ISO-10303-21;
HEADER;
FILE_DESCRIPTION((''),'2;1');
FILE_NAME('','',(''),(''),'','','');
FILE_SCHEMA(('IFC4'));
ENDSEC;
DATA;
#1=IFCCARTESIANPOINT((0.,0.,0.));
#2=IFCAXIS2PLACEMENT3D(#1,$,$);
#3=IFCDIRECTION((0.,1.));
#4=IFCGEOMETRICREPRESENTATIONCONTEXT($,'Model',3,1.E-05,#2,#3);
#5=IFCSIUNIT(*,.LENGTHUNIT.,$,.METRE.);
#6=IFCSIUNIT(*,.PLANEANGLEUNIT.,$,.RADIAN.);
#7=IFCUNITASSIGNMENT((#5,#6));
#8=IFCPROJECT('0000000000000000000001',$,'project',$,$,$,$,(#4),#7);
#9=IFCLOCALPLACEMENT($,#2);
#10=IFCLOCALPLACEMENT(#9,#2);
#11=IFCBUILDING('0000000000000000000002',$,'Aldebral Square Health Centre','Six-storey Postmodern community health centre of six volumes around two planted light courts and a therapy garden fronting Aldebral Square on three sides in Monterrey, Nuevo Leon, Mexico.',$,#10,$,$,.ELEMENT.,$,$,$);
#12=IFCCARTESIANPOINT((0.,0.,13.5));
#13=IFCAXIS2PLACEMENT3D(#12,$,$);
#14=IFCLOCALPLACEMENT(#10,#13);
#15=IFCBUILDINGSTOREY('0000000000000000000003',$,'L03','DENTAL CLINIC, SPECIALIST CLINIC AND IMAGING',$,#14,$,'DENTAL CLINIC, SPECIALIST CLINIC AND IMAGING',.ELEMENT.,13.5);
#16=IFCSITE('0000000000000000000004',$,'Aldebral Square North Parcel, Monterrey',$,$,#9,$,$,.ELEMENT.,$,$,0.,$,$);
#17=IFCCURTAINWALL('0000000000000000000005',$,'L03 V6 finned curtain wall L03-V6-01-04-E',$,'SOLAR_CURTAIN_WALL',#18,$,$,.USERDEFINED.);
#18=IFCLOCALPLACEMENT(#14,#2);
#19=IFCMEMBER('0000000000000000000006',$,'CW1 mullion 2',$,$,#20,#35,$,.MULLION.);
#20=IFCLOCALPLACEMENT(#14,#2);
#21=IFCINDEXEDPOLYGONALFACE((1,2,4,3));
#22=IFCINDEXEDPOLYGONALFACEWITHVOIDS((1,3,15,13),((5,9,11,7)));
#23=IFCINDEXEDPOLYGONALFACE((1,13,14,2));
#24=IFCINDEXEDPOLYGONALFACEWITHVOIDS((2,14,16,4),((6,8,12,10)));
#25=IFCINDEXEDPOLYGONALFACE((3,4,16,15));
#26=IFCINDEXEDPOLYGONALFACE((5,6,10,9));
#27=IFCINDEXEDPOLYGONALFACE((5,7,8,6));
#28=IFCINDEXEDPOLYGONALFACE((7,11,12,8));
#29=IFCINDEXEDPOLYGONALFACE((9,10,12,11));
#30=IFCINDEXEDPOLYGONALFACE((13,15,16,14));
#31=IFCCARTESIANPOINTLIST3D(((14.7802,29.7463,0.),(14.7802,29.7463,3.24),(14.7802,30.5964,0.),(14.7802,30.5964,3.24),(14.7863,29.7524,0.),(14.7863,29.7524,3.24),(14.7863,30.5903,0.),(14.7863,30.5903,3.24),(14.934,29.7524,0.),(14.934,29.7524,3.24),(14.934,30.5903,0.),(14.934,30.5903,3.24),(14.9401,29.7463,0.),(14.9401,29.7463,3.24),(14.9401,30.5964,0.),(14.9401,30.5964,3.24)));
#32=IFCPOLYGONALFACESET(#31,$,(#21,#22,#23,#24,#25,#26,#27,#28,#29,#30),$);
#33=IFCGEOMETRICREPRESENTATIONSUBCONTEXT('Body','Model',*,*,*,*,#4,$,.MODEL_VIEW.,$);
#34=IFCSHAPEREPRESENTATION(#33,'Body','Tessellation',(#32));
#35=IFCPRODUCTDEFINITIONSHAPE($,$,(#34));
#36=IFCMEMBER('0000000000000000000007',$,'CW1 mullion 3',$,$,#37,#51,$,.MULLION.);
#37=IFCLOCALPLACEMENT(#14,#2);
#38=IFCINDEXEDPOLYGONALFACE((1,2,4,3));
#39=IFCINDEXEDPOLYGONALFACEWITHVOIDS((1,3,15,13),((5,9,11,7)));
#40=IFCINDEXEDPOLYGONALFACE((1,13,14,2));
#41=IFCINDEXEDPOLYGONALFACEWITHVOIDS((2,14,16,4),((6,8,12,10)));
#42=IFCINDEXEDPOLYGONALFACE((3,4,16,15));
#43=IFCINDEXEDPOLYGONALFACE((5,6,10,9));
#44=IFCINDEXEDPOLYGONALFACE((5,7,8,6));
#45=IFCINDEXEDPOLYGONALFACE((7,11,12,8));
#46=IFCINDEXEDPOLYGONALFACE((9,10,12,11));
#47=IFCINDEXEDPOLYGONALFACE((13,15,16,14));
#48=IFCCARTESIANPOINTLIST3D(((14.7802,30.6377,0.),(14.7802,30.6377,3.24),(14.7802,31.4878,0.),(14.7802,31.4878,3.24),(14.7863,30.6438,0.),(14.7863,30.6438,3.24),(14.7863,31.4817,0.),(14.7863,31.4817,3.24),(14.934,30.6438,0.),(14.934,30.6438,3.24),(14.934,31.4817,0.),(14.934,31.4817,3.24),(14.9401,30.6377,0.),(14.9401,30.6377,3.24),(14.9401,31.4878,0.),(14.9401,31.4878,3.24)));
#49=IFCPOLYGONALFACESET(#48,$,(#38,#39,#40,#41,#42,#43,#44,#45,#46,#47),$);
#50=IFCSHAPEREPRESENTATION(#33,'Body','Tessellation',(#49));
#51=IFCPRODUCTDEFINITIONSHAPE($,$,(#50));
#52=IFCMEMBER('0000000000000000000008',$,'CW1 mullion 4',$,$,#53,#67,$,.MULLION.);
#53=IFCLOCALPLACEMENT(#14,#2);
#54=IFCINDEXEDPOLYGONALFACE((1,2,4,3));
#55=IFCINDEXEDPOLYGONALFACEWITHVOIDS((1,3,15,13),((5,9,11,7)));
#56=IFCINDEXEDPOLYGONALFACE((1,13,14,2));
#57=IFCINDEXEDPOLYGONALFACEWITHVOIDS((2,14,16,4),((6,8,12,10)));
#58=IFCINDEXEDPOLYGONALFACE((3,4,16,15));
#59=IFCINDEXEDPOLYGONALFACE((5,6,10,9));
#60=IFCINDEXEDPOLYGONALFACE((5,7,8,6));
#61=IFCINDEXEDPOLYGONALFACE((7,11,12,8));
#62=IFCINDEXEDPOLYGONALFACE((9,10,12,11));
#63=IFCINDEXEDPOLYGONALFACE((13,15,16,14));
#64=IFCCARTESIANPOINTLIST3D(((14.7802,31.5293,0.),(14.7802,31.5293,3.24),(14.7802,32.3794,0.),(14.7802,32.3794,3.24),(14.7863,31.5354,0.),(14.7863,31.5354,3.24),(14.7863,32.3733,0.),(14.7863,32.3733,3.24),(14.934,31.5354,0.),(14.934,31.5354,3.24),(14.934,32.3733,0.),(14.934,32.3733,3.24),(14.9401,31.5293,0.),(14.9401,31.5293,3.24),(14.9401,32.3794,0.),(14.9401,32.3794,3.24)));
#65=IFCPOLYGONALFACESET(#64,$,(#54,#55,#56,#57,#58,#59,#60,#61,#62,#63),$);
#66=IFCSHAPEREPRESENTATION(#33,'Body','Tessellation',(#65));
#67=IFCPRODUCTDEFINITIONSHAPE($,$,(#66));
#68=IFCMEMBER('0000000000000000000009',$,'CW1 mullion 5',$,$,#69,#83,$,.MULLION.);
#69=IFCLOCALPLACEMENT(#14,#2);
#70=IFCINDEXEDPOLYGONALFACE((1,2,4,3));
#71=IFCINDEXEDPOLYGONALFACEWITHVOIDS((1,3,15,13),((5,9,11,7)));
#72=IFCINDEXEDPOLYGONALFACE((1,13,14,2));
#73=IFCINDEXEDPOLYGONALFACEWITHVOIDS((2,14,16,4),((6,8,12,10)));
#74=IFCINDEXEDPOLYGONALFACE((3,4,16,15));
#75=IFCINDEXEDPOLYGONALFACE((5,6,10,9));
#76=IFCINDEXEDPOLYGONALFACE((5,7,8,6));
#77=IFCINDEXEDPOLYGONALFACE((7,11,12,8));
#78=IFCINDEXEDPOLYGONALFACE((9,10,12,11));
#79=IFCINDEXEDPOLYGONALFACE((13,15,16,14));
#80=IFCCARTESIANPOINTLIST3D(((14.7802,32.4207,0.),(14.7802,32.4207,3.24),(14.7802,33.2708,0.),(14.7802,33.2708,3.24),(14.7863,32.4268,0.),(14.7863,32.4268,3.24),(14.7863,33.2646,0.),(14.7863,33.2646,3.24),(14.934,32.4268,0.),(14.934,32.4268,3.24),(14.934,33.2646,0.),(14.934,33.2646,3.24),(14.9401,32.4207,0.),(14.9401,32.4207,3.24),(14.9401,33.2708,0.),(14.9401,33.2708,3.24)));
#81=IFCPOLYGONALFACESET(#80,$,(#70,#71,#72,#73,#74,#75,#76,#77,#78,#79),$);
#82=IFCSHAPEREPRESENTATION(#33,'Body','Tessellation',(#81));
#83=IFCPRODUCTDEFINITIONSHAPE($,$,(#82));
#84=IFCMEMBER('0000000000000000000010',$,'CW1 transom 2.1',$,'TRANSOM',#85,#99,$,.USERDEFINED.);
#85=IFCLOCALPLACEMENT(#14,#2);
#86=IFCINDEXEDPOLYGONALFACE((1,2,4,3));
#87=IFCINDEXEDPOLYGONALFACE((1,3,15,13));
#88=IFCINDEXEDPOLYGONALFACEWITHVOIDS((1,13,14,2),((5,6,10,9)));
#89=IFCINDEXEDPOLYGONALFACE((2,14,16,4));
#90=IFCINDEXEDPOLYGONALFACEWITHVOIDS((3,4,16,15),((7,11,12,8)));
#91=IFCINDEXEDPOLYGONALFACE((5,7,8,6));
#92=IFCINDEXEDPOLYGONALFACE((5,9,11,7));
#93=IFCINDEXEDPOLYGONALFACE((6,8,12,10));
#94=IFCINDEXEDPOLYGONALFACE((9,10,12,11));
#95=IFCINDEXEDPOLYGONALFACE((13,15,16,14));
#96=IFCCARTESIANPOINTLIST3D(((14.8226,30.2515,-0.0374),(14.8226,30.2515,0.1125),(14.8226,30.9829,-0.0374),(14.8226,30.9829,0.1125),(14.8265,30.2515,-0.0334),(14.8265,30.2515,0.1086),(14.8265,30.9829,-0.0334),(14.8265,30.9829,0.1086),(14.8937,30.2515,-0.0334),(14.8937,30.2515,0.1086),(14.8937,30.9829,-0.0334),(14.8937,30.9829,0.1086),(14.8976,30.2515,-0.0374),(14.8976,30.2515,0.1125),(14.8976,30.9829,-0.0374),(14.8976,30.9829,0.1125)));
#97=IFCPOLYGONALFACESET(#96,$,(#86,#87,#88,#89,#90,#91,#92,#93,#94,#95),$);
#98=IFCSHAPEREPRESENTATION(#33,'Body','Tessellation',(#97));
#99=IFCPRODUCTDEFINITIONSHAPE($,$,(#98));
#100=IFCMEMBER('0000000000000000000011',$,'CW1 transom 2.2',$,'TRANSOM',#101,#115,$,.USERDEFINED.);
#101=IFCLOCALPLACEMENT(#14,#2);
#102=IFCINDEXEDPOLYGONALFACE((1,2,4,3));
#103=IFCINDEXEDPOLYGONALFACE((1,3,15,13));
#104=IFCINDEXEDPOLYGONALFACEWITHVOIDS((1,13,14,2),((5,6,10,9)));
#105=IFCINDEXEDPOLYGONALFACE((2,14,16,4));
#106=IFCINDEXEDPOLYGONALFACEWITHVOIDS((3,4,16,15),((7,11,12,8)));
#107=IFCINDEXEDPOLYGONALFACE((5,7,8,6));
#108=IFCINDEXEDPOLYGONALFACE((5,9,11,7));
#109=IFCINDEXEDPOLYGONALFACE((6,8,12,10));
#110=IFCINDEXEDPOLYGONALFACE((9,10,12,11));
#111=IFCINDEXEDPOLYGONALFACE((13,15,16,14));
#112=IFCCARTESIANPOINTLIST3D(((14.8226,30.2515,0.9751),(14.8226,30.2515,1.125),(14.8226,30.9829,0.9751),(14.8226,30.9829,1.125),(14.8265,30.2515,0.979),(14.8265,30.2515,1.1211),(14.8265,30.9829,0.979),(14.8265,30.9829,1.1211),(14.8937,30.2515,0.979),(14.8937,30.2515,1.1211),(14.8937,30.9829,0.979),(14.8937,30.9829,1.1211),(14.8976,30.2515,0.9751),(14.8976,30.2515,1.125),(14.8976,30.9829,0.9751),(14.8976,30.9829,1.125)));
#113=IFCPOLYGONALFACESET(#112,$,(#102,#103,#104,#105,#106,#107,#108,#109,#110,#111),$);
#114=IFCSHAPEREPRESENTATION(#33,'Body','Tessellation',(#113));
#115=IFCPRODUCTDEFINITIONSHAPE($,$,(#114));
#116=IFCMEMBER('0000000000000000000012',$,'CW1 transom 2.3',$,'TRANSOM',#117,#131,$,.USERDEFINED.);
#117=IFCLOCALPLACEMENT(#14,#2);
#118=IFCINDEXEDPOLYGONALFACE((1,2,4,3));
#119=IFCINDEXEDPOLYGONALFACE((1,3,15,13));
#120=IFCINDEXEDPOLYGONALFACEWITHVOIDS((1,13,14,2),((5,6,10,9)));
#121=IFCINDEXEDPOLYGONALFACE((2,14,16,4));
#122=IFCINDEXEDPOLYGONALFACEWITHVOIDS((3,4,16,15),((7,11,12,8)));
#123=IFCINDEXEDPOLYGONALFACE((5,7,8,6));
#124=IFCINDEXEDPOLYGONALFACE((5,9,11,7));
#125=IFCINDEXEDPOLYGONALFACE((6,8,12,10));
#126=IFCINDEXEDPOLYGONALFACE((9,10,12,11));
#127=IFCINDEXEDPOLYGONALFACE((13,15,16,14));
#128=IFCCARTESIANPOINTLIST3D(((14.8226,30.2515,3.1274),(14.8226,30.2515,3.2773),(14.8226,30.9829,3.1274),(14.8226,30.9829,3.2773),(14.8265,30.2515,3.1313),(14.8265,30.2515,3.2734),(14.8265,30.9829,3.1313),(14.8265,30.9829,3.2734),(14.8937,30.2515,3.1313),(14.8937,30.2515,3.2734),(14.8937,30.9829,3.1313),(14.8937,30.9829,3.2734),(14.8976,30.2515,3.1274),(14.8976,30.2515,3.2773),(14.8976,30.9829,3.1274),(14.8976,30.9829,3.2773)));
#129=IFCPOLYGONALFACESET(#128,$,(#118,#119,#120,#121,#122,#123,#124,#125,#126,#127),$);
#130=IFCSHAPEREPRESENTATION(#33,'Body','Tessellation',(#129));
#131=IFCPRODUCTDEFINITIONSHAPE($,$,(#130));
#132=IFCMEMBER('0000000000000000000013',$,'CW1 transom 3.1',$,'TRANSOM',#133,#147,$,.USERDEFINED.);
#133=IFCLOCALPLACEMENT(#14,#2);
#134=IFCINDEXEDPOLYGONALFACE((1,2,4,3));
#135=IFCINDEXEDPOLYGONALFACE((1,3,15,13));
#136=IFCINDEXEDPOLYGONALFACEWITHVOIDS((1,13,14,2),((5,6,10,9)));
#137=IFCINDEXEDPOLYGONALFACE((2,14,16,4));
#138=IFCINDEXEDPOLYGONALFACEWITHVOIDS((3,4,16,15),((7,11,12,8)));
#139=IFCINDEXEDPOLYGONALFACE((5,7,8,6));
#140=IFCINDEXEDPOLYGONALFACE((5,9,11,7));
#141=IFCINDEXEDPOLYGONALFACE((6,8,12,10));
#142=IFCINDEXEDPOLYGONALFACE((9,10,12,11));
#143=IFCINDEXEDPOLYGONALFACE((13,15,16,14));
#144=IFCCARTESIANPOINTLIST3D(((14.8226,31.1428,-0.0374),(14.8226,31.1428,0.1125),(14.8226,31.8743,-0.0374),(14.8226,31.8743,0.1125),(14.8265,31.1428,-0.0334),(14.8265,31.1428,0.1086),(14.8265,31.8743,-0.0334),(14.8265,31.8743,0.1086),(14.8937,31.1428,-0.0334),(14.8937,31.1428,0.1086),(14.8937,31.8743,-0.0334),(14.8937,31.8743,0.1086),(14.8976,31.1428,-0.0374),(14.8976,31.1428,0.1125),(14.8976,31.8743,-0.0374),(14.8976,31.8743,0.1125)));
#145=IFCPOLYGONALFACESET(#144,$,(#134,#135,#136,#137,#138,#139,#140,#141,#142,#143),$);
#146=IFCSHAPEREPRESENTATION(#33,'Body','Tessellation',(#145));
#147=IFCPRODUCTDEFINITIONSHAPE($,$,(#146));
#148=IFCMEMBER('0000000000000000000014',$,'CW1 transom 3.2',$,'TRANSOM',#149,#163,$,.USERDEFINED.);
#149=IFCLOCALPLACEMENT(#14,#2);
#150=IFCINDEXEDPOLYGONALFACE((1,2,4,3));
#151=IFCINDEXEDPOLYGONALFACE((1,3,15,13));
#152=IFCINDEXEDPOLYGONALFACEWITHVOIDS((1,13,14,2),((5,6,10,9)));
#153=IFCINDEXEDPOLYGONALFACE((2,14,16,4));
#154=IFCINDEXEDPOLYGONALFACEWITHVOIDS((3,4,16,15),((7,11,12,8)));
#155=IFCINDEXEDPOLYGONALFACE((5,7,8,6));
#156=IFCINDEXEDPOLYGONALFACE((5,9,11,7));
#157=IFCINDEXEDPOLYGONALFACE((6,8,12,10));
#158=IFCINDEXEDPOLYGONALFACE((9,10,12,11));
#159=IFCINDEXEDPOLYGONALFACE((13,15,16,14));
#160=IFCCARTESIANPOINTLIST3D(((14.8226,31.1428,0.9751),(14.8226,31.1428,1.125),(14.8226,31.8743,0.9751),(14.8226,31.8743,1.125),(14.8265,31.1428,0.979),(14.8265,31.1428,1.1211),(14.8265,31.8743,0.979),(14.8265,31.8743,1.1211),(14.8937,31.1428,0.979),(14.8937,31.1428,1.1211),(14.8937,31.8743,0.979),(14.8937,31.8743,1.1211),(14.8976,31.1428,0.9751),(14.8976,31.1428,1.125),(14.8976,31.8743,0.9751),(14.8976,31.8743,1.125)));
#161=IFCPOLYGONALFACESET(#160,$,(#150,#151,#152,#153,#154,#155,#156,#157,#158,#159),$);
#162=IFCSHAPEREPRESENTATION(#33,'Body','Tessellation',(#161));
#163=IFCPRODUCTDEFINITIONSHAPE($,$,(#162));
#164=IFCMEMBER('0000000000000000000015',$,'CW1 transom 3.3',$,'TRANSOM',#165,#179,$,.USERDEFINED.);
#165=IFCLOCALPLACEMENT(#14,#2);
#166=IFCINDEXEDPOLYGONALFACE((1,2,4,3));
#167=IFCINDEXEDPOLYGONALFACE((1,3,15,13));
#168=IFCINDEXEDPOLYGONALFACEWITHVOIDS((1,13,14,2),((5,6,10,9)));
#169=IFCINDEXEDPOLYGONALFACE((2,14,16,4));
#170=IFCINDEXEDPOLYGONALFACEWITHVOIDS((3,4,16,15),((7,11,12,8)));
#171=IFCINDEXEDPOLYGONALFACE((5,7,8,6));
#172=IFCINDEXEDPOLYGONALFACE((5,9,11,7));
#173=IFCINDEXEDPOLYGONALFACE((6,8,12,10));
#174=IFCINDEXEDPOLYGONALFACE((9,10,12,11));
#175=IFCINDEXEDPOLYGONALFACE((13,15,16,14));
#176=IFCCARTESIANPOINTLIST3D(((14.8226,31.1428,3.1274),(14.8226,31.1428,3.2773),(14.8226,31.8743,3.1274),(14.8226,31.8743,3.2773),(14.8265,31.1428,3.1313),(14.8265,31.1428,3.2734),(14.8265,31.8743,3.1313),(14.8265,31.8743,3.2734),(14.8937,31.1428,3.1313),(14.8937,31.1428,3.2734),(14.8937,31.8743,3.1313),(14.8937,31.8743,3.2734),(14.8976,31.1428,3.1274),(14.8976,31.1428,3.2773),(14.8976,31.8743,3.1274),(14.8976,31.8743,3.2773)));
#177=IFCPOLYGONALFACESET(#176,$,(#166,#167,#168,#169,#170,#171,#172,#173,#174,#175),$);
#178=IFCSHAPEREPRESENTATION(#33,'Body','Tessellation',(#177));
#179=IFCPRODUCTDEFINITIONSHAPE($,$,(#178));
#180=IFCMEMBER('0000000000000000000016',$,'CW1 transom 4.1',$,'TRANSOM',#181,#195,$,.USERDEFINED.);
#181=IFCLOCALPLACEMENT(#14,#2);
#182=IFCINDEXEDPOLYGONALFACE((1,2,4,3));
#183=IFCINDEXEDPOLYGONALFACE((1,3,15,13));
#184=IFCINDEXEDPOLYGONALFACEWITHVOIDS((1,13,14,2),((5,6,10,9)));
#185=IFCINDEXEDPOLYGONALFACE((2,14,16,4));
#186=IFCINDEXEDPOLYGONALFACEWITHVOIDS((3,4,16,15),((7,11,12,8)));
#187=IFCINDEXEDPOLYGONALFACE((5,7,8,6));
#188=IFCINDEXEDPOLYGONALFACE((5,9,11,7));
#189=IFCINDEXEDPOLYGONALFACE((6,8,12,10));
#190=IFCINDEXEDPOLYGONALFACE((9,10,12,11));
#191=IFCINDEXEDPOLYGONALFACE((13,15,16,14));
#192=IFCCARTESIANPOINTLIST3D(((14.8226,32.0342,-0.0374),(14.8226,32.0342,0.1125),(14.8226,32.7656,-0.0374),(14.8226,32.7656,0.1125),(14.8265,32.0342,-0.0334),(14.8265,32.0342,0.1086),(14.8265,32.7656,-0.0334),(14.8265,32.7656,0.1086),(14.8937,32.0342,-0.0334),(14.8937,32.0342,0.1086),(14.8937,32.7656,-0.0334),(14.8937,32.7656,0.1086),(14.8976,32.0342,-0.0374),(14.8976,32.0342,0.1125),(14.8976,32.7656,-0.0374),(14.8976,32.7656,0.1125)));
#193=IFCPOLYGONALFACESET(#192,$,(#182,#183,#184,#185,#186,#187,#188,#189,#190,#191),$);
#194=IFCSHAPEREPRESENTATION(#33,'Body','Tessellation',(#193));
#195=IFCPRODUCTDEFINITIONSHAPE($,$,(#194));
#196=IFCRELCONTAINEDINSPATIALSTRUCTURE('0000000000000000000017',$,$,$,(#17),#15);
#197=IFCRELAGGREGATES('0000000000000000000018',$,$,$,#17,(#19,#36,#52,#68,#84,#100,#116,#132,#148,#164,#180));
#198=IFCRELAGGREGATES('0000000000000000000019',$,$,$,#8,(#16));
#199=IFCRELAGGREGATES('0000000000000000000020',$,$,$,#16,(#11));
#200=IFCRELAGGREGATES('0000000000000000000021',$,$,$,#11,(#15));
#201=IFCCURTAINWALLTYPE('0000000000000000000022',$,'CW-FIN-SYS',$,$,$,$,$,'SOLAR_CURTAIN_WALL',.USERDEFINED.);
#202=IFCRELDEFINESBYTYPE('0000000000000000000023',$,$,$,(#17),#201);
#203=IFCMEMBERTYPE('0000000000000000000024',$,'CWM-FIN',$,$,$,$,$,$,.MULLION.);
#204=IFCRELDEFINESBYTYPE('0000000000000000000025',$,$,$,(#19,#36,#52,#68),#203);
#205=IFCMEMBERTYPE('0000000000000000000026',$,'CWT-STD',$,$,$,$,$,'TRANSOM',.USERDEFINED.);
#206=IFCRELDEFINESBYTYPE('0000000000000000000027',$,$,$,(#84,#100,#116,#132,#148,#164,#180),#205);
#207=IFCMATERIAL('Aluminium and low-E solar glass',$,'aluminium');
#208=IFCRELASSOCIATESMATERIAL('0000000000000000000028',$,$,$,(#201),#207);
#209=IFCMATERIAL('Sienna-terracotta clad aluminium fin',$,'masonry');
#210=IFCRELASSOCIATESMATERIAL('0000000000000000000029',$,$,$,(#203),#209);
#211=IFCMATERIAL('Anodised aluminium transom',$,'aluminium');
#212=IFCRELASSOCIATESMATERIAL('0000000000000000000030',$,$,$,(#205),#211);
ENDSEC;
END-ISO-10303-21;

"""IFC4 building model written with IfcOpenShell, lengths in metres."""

from ifc_helpers import new_model, si_unit, direction, frame, origin, origin_2d, place, context, subcontext, project, spatial, hollow_rectangle, extrude, material, material_profile, profile_set, type_object, element, aggregate, save


model = new_model("IFC4")

# Units and contexts
model_context = context("Model", 3, precision=1e-05, world=origin(), true_north=direction((0.0, 1.0)))
body_context = subcontext(model_context, "Body", "Model", "MODEL_VIEW")
ifc_project = project(units=[si_unit("LENGTHUNIT", "METRE"), si_unit("PLANEANGLEUNIT", "RADIAN")], contexts=[model_context])

# Site, building, storey
site_placement = place(None, origin())
site = spatial("IfcSite", under=ifc_project, at=site_placement, Name="Aldebral Square North Parcel, Monterrey", CompositionType="ELEMENT", RefElevation=0.0)
building_placement = place(site_placement, origin())
building = spatial("IfcBuilding", under=site, at=building_placement, Name="Aldebral Square Health Centre", Description="Six-storey Postmodern community health centre of six volumes around two planted light courts and a therapy garden fronting Aldebral Square on three sides in Monterrey, Nuevo Leon, Mexico.", CompositionType="ELEMENT")
storey_placement = place(building_placement, frame((0.0, 0.0, 13.5)))
storey = spatial("IfcBuildingStorey", under=building, at=storey_placement, Name="L03", Description="DENTAL CLINIC, SPECIALIST CLINIC AND IMAGING", LongName="DENTAL CLINIC, SPECIALIST CLINIC AND IMAGING", CompositionType="ELEMENT", Elevation=13.5)

# Curtain wall, members
ifc_material_1 = material(Name="Aluminium and low-E solar glass", Category="aluminium")
curtain_wall_type = type_object("IfcCurtainWallType", Name="CW-FIN-SYS", ElementType="SOLAR_CURTAIN_WALL", PredefinedType="USERDEFINED", material=ifc_material_1)
curtain_wall_placement = place(storey_placement, origin())
curtain_wall = element("IfcCurtainWall", 1, at=curtain_wall_placement, inside=storey, type_object=curtain_wall_type, Name="L03 V6 finned curtain wall L03-V6-01-04-E", ObjectType="SOLAR_CURTAIN_WALL", PredefinedType="USERDEFINED")
ifc_material_2 = material(Name="Sienna-terracotta clad aluminium fin", Category="masonry")
ifc_material_profile_1 = material_profile(ifc_material_2, hollow_rectangle(XDim=0.1599, YDim=0.8501, WallThickness=0.0061, at=origin_2d()), Name="FIN 160x850x6")
ifc_profile_set_1 = profile_set([ifc_material_profile_1], Name="Sienna-terracotta clad aluminium fin")
member_type_1 = type_object("IfcMemberType", Name="CWM-FIN", PredefinedType="MULLION", material=ifc_profile_set_1)
member_1_placement = place(storey_placement, frame((14.8601, 30.1714, 0.0), z_axis=(0.0, 0.0, 1.0), x_axis=(-1.0, 0.0, 0.0)))
member_1 = element("IfcMember", 2, at=member_1_placement, type_object=member_type_1, Name="CW1 mullion 2", PredefinedType="MULLION", context=body_context, shape_type="SweptSolid", body=[
    extrude(hollow_rectangle(XDim=0.1599, YDim=0.8501, WallThickness=0.0061, at=origin_2d()), origin(), (0.0, 0.0, 1.0), 3.24),
])
member_2_placement = place(storey_placement, frame((14.8601, 31.0627, 0.0), z_axis=(0.0, 0.0, 1.0), x_axis=(-1.0, 0.0, 0.0)))
member_2 = element("IfcMember", 3, at=member_2_placement, type_object=member_type_1, Name="CW1 mullion 3", PredefinedType="MULLION", context=body_context, shape_type="SweptSolid", body=[
    extrude(hollow_rectangle(XDim=0.1599, YDim=0.8501, WallThickness=0.0061, at=origin_2d()), origin(), (0.0, 0.0, 1.0), 3.24),
])
member_3_placement = place(storey_placement, frame((14.8601, 31.9543, 0.0), z_axis=(0.0, 0.0, 1.0), x_axis=(-1.0, 0.0, 0.0)))
member_3 = element("IfcMember", 4, at=member_3_placement, type_object=member_type_1, Name="CW1 mullion 4", PredefinedType="MULLION", context=body_context, shape_type="SweptSolid", body=[
    extrude(hollow_rectangle(XDim=0.1599, YDim=0.8501, WallThickness=0.0061, at=origin_2d()), origin(), (0.0, 0.0, 1.0), 3.24),
])
member_4_placement = place(storey_placement, frame((14.8601, 32.8457, 0.0), z_axis=(0.0, 0.0, 1.0), x_axis=(-1.0, 0.0, 0.0)))
member_4 = element("IfcMember", 5, at=member_4_placement, type_object=member_type_1, Name="CW1 mullion 5", PredefinedType="MULLION", context=body_context, shape_type="SweptSolid", body=[
    extrude(hollow_rectangle(XDim=0.1599, YDim=0.8501, WallThickness=0.0061, at=origin_2d()), origin(), (0.0, 0.0, 1.0), 3.24),
])
ifc_material_3 = material(Name="Anodised aluminium transom", Category="aluminium")
ifc_material_profile_2 = material_profile(ifc_material_3, hollow_rectangle(XDim=0.075, YDim=0.1499, WallThickness=0.0039, at=origin_2d()), Name="CWT 75x150x4")
ifc_profile_set_2 = profile_set([ifc_material_profile_2], Name="Anodised aluminium transom")
member_type_2 = type_object("IfcMemberType", Name="CWT-STD", ElementType="TRANSOM", PredefinedType="USERDEFINED", material=ifc_profile_set_2)
member_5_placement = place(storey_placement, frame((14.8601, 30.2515, 0.0376), z_axis=(0.0, 1.0, 0.0), x_axis=(-1.0, 0.0, 0.0)))
member_5 = element("IfcMember", 6, at=member_5_placement, type_object=member_type_2, Name="CW1 transom 2.1", ObjectType="TRANSOM", PredefinedType="USERDEFINED", context=body_context, shape_type="SweptSolid", body=[
    extrude(hollow_rectangle(XDim=0.075, YDim=0.1499, WallThickness=0.0039, at=origin_2d()), origin(), (0.0, 0.0, 1.0), 0.7314),
])
member_6_placement = place(storey_placement, frame((14.8601, 30.2515, 1.05), z_axis=(0.0, 1.0, 0.0), x_axis=(-1.0, 0.0, 0.0)))
member_6 = element("IfcMember", 7, at=member_6_placement, type_object=member_type_2, Name="CW1 transom 2.2", ObjectType="TRANSOM", PredefinedType="USERDEFINED", context=body_context, shape_type="SweptSolid", body=[
    extrude(hollow_rectangle(XDim=0.075, YDim=0.1499, WallThickness=0.0039, at=origin_2d()), origin(), (0.0, 0.0, 1.0), 0.7314),
])
member_7_placement = place(storey_placement, frame((14.8601, 30.2515, 3.2024), z_axis=(0.0, 1.0, 0.0), x_axis=(-1.0, 0.0, 0.0)))
member_7 = element("IfcMember", 8, at=member_7_placement, type_object=member_type_2, Name="CW1 transom 2.3", ObjectType="TRANSOM", PredefinedType="USERDEFINED", context=body_context, shape_type="SweptSolid", body=[
    extrude(hollow_rectangle(XDim=0.075, YDim=0.1499, WallThickness=0.0039, at=origin_2d()), origin(), (0.0, 0.0, 1.0), 0.7314),
])
member_8_placement = place(storey_placement, frame((14.8601, 31.1428, 0.0376), z_axis=(0.0, 1.0, 0.0), x_axis=(-1.0, 0.0, 0.0)))
member_8 = element("IfcMember", 9, at=member_8_placement, type_object=member_type_2, Name="CW1 transom 3.1", ObjectType="TRANSOM", PredefinedType="USERDEFINED", context=body_context, shape_type="SweptSolid", body=[
    extrude(hollow_rectangle(XDim=0.075, YDim=0.1499, WallThickness=0.0039, at=origin_2d()), origin(), (0.0, 0.0, 1.0), 0.7314),
])
member_9_placement = place(storey_placement, frame((14.8601, 31.1428, 1.05), z_axis=(0.0, 1.0, 0.0), x_axis=(-1.0, 0.0, 0.0)))
member_9 = element("IfcMember", 10, at=member_9_placement, type_object=member_type_2, Name="CW1 transom 3.2", ObjectType="TRANSOM", PredefinedType="USERDEFINED", context=body_context, shape_type="SweptSolid", body=[
    extrude(hollow_rectangle(XDim=0.075, YDim=0.1499, WallThickness=0.0039, at=origin_2d()), origin(), (0.0, 0.0, 1.0), 0.7314),
])
member_10_placement = place(storey_placement, frame((14.8601, 31.1428, 3.2024), z_axis=(0.0, 1.0, 0.0), x_axis=(-1.0, 0.0, 0.0)))
member_10 = element("IfcMember", 11, at=member_10_placement, type_object=member_type_2, Name="CW1 transom 3.3", ObjectType="TRANSOM", PredefinedType="USERDEFINED", context=body_context, shape_type="SweptSolid", body=[
    extrude(hollow_rectangle(XDim=0.075, YDim=0.1499, WallThickness=0.0039, at=origin_2d()), origin(), (0.0, 0.0, 1.0), 0.7314),
])
member_11_placement = place(storey_placement, frame((14.8601, 32.0342, 0.0376), z_axis=(0.0, 1.0, 0.0), x_axis=(-1.0, 0.0, 0.0)))
member_11 = element("IfcMember", 12, at=member_11_placement, type_object=member_type_2, Name="CW1 transom 4.1", ObjectType="TRANSOM", PredefinedType="USERDEFINED", context=body_context, shape_type="SweptSolid", body=[
    extrude(hollow_rectangle(XDim=0.075, YDim=0.1499, WallThickness=0.0039, at=origin_2d()), origin(), (0.0, 0.0, 1.0), 0.7314),
])
aggregate(curtain_wall, [member_1, member_2, member_3, member_4, member_5, member_6, member_7, member_8, member_9, member_10, member_11])

save(model, "model.ifc")
